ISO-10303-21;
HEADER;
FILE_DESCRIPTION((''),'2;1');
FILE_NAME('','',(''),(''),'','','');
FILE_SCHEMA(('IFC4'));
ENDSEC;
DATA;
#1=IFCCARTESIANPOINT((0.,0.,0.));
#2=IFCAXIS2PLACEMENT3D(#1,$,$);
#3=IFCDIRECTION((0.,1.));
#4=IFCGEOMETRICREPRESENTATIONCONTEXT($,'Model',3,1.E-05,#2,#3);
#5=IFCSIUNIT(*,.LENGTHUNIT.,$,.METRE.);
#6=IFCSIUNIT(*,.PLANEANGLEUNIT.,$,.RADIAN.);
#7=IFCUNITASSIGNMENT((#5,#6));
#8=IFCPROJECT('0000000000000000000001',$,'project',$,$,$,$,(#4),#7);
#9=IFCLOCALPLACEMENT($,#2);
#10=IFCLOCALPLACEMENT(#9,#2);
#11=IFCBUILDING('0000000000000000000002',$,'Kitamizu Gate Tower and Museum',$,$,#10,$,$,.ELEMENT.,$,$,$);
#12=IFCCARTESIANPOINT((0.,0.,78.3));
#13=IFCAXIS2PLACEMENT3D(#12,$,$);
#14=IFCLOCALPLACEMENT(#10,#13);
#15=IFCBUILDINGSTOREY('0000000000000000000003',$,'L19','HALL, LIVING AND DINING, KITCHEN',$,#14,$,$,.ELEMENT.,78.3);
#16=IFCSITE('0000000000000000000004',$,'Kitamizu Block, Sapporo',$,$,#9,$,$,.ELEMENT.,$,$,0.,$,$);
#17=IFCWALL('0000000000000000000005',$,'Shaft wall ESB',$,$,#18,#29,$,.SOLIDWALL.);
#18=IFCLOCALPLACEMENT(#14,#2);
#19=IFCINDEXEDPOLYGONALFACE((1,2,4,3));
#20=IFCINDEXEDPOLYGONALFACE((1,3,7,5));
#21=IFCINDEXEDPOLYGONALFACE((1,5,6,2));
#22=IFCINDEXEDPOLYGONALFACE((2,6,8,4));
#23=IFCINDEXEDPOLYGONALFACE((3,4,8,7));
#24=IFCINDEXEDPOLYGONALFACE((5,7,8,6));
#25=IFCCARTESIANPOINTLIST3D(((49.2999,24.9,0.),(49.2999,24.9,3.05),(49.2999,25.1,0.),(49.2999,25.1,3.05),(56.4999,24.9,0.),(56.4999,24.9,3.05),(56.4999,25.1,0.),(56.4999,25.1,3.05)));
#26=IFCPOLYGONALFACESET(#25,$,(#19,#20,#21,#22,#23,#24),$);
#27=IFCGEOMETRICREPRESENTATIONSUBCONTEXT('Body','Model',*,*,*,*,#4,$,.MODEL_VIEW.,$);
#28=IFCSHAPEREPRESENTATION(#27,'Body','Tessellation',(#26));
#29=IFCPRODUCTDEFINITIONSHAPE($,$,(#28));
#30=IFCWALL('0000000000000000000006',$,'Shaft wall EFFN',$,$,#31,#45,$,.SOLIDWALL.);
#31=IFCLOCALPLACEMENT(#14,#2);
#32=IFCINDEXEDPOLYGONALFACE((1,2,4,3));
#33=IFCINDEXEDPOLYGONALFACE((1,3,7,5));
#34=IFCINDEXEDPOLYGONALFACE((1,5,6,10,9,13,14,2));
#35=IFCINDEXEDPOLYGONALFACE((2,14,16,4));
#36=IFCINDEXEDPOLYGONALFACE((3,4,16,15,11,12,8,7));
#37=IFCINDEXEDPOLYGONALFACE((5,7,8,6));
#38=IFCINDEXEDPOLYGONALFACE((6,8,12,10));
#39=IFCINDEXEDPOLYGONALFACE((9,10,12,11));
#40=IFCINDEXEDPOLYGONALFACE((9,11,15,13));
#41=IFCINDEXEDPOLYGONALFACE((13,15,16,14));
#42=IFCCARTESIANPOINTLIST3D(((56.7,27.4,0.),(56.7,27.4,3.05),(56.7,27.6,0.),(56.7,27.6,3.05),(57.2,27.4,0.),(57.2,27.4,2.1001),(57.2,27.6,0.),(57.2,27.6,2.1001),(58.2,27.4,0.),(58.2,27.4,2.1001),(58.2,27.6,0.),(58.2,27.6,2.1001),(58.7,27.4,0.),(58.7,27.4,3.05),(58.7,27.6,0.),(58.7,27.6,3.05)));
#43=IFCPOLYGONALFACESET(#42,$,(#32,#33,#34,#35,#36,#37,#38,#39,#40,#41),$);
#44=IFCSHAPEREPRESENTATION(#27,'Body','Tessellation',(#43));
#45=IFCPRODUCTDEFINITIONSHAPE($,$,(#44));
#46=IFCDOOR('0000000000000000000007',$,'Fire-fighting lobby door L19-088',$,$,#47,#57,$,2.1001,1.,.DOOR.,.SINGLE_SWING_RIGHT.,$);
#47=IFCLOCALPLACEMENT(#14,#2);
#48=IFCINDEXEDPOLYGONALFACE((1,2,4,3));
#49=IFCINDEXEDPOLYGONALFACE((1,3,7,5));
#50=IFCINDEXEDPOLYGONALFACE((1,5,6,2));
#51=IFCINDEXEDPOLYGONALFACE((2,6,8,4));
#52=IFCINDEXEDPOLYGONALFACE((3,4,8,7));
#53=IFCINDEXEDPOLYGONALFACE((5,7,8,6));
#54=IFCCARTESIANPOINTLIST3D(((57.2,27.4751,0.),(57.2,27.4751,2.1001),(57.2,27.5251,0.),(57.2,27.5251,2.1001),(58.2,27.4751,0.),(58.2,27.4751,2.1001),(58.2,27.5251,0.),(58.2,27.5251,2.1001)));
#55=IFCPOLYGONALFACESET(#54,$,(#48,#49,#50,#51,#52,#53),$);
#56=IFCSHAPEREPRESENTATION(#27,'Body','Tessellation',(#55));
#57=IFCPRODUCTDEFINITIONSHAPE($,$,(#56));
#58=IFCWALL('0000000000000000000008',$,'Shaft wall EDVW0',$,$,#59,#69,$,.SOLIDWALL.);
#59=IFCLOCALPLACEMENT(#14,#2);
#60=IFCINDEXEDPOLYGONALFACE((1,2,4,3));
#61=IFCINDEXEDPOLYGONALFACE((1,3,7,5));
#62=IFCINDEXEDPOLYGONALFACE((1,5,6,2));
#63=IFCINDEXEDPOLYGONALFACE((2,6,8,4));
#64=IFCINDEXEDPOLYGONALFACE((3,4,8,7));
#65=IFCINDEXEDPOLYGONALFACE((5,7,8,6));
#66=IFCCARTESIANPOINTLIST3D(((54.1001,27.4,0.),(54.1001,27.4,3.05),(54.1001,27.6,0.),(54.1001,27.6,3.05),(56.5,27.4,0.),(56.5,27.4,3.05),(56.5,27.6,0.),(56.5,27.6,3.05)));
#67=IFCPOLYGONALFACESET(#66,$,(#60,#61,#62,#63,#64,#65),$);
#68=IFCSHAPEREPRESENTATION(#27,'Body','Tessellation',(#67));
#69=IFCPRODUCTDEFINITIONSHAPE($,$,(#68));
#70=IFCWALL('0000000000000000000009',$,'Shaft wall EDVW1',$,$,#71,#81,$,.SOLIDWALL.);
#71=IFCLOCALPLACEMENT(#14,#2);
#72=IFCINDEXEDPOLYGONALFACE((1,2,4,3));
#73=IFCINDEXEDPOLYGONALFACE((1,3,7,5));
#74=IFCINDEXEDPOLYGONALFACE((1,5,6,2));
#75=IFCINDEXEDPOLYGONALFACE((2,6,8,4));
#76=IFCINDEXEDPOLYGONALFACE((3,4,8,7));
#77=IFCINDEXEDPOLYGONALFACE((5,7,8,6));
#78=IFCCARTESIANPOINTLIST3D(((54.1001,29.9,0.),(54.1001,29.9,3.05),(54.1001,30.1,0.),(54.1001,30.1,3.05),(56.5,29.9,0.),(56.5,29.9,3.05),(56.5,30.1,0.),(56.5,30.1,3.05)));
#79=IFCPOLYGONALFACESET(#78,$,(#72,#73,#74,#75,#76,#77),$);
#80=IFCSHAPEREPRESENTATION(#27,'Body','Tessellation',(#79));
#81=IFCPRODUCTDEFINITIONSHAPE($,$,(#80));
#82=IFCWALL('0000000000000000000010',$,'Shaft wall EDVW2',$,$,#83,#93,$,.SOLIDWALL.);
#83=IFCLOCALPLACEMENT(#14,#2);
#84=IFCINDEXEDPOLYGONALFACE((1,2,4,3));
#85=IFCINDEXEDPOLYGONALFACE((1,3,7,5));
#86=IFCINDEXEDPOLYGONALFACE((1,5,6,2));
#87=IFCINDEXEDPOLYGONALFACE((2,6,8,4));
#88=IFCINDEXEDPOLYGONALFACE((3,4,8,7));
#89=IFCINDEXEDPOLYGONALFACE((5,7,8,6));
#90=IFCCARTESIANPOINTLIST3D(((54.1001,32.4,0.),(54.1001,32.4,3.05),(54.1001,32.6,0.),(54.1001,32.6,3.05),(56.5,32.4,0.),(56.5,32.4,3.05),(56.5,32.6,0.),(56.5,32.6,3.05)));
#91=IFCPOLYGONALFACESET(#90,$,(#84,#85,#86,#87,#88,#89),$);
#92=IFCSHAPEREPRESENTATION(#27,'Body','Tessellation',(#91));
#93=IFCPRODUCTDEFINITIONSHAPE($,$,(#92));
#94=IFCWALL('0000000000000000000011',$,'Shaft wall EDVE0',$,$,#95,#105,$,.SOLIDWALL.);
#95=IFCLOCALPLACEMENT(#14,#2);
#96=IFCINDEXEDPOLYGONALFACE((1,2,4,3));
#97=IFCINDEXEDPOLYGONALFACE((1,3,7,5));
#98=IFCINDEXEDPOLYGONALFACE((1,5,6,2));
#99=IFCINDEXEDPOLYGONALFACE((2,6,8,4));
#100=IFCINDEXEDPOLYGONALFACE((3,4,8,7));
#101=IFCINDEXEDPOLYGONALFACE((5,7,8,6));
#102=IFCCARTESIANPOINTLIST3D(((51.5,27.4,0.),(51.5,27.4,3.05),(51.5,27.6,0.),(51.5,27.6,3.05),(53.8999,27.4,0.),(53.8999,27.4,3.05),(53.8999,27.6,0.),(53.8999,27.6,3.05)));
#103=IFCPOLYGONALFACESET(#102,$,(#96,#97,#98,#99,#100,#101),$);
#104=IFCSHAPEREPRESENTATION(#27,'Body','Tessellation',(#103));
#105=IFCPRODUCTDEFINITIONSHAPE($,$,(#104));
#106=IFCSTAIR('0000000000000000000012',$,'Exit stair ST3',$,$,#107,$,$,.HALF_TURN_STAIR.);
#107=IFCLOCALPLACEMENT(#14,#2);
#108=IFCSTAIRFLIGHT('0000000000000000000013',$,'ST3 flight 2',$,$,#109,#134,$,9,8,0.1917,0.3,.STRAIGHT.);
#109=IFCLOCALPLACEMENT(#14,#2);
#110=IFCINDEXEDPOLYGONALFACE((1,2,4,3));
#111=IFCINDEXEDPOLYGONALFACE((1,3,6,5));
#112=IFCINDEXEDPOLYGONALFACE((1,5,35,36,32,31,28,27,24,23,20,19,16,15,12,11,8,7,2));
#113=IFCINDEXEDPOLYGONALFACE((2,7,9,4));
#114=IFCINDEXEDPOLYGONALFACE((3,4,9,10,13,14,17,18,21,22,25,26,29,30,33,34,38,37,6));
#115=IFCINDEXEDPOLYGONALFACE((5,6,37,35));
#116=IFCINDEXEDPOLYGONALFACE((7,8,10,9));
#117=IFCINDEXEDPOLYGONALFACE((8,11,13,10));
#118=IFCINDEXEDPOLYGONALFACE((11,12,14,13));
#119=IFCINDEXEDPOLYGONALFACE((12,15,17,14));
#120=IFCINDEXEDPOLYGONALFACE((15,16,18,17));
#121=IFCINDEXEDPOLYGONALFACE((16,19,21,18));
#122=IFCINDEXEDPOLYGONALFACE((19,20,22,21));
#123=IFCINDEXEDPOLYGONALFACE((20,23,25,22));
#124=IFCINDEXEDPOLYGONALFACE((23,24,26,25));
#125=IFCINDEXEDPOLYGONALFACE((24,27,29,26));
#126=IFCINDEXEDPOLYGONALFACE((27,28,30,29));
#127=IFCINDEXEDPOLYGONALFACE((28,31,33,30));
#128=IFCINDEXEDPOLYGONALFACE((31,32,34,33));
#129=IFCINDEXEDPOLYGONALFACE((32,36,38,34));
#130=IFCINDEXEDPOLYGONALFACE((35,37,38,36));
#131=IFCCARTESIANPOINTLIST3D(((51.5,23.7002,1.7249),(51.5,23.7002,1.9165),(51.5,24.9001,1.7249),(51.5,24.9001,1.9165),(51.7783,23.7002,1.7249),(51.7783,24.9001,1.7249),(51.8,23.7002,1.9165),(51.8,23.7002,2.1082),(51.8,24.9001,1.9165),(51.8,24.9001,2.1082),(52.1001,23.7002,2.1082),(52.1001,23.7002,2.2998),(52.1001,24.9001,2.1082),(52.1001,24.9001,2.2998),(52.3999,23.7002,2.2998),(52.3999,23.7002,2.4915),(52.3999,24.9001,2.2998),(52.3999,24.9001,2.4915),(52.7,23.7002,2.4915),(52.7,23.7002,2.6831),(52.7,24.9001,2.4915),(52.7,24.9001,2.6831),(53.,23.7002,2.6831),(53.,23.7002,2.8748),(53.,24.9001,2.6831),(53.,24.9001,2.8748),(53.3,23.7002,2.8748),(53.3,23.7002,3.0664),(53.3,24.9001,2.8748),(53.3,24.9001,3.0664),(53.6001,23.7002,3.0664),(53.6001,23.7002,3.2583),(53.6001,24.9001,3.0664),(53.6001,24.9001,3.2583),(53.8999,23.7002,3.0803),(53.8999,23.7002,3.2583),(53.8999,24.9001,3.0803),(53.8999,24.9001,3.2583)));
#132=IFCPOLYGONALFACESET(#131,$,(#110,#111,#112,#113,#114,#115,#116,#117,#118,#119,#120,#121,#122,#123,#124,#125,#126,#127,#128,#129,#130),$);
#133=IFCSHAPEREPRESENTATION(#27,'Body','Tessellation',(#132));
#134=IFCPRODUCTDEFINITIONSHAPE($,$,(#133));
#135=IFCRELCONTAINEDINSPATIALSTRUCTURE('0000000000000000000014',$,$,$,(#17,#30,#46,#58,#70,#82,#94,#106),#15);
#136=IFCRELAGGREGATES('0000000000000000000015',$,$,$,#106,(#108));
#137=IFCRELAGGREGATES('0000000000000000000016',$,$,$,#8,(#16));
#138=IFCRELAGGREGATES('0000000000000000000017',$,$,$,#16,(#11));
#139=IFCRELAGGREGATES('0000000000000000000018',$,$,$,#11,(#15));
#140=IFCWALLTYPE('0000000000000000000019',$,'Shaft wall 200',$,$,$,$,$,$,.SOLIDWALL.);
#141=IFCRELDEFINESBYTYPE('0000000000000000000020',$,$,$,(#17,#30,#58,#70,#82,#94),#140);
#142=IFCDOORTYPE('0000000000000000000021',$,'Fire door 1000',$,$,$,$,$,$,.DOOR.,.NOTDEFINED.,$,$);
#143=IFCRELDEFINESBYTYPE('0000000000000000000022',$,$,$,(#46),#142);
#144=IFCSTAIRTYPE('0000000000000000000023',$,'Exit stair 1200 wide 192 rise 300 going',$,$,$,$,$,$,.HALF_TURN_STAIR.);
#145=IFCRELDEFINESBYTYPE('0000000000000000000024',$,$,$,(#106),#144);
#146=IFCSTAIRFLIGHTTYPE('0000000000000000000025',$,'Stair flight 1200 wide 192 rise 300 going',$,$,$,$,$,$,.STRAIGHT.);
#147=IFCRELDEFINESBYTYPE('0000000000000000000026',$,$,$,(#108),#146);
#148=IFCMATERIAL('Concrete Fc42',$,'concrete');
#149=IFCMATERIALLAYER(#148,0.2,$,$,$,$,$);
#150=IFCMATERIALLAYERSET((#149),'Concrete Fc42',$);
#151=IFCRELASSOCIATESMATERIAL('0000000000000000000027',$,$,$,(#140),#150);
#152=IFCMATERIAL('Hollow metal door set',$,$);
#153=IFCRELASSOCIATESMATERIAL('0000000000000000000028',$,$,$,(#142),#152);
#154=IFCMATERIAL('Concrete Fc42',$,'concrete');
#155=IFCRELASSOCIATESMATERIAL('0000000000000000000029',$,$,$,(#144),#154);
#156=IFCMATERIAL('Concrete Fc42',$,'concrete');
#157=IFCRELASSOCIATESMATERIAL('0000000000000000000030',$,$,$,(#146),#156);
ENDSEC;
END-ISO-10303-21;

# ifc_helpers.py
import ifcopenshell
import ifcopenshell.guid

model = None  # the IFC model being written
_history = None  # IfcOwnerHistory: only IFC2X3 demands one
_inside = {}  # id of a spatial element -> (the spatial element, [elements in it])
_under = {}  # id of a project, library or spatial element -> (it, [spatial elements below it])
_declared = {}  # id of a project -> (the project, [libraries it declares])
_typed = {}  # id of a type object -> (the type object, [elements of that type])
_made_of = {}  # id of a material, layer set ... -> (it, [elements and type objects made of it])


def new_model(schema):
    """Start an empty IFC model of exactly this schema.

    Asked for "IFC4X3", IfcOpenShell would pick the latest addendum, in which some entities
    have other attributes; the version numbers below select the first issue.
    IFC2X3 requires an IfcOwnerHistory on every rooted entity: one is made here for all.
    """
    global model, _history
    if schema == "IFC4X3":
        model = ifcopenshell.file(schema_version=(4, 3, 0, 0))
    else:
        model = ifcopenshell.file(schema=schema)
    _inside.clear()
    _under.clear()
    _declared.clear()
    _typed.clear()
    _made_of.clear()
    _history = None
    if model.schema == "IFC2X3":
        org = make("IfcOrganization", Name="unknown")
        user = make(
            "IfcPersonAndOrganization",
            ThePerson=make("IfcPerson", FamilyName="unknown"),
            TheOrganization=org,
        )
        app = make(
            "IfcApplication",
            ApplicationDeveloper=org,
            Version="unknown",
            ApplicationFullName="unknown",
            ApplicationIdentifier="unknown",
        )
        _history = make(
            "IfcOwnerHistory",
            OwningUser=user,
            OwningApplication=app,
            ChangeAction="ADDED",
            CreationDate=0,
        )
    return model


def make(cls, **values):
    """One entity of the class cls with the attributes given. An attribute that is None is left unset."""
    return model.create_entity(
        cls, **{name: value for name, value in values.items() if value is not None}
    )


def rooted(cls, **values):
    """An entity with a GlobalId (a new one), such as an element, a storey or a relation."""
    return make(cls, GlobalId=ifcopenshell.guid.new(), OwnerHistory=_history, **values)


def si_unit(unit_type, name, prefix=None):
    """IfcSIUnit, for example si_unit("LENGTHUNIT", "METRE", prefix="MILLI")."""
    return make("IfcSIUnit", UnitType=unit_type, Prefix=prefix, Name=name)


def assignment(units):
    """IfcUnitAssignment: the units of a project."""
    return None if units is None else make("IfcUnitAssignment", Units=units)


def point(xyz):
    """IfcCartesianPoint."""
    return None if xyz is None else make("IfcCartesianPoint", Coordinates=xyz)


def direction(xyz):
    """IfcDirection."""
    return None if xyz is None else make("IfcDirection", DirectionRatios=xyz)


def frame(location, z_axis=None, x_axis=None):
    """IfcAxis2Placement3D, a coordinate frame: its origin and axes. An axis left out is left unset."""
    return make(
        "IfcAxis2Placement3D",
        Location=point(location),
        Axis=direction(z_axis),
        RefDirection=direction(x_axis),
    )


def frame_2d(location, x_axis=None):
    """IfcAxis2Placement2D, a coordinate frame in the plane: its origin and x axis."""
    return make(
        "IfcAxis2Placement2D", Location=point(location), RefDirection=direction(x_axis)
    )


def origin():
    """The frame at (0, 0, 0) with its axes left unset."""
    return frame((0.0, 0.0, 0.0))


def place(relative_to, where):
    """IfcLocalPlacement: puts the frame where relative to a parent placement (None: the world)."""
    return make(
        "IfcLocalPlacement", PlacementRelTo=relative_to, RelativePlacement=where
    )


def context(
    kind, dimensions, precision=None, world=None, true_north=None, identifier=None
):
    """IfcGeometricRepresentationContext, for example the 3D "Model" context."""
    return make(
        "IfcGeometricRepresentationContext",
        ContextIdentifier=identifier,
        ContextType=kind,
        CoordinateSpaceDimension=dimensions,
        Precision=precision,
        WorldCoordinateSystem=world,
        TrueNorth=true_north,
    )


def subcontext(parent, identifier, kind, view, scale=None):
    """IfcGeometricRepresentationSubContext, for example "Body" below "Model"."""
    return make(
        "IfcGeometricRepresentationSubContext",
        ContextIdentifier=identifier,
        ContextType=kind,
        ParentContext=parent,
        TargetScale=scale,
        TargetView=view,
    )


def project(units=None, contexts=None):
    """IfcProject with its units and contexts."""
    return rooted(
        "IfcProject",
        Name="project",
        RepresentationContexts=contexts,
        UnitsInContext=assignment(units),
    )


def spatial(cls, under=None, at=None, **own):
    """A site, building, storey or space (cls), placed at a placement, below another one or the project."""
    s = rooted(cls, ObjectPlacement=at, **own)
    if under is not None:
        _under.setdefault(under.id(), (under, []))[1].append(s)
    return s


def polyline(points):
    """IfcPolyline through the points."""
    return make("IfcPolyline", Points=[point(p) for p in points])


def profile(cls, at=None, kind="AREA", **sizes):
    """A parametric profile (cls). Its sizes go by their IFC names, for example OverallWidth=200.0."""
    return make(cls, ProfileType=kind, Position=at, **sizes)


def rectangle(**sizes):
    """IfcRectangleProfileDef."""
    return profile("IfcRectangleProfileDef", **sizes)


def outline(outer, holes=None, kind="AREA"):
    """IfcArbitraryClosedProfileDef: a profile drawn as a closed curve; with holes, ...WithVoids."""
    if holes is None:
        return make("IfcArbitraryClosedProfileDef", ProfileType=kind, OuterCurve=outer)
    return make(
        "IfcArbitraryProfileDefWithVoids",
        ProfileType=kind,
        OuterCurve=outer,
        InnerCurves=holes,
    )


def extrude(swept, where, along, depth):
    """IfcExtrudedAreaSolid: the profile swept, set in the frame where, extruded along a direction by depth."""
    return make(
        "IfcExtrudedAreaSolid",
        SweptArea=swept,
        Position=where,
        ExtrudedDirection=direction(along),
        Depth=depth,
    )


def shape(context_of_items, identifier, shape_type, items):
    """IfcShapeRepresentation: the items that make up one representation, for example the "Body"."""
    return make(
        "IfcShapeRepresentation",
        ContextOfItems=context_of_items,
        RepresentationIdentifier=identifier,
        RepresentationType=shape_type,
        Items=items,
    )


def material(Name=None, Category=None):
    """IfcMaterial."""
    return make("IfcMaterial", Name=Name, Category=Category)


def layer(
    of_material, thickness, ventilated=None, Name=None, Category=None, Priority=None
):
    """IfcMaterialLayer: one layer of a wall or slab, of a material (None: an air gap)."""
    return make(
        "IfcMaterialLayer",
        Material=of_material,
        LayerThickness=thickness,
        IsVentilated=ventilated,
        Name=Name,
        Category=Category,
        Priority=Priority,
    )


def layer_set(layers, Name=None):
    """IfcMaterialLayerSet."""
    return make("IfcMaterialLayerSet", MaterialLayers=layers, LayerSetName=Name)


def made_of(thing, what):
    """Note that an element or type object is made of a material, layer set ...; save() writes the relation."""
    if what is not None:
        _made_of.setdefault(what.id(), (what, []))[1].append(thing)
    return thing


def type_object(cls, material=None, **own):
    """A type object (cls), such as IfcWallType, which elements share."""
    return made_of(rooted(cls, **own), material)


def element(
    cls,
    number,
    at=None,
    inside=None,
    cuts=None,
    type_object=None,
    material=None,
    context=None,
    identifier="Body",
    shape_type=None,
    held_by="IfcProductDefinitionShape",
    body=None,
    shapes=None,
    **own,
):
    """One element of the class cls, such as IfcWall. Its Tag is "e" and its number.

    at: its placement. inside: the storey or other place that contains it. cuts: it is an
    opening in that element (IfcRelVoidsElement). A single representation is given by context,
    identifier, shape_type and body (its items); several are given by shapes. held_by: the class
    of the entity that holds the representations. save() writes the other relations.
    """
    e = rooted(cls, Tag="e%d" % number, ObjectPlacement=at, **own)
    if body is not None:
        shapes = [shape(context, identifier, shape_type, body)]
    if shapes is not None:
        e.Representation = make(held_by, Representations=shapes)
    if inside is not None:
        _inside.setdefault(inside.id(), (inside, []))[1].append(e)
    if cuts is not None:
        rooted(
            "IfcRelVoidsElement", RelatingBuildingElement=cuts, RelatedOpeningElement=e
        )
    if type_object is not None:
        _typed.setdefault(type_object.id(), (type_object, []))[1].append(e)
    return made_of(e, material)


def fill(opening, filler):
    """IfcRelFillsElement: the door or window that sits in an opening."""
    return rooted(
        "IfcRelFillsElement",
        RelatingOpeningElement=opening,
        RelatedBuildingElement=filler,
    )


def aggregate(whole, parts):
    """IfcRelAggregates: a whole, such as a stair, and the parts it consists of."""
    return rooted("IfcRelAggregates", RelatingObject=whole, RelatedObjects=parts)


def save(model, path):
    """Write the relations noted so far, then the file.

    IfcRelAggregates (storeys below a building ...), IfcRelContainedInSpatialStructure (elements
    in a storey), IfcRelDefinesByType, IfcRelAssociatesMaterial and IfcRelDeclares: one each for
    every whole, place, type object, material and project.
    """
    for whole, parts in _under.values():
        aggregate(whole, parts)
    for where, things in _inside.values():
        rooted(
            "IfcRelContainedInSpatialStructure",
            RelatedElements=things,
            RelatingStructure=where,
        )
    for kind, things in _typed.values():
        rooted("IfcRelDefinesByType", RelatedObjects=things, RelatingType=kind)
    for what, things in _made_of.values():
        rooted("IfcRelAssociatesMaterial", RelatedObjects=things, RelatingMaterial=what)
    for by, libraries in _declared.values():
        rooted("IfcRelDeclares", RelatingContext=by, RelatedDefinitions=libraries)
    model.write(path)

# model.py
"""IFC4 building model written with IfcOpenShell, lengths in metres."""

from ifc_helpers import new_model, si_unit, direction, frame, frame_2d, origin, place, context, subcontext, project, spatial, polyline, rectangle, outline, extrude, material, layer, layer_set, type_object, element, fill, aggregate, save


model = new_model("IFC4")

# Units and contexts
model_context = context("Model", 3, precision=1e-05, world=origin(), true_north=direction((0.0, 1.0)))
body_context = subcontext(model_context, "Body", "Model", "MODEL_VIEW")
ifc_project = project(units=[si_unit("LENGTHUNIT", "METRE"), si_unit("PLANEANGLEUNIT", "RADIAN")], contexts=[model_context])

# Site, building, storey
site_placement = place(None, origin())
site = spatial("IfcSite", under=ifc_project, at=site_placement, Name="Kitamizu Block, Sapporo", CompositionType="ELEMENT", RefElevation=0.0)
building_placement = place(site_placement, origin())
building = spatial("IfcBuilding", under=site, at=building_placement, Name="Kitamizu Gate Tower and Museum", CompositionType="ELEMENT")
storey_placement = place(building_placement, frame((0.0, 0.0, 78.3)))
storey = spatial("IfcBuildingStorey", under=building, at=storey_placement, Name="L19", Description="HALL, LIVING AND DINING, KITCHEN", CompositionType="ELEMENT", Elevation=78.3)

# Shared definitions
ifc_material_1 = material(Name="Concrete Fc42", Category="concrete")
ifc_layer_1 = layer(ifc_material_1, 0.2)
ifc_layer_set_1 = layer_set([ifc_layer_1], Name="Concrete Fc42")
wall_type_1 = type_object("IfcWallType", Name="Shaft wall 200", PredefinedType="SOLIDWALL", material=ifc_layer_set_1)
ifc_material_2 = material(Name="Hollow metal door set")
door_type_1 = type_object("IfcDoorType", Name="Fire door 1000", OperationType="NOTDEFINED", PredefinedType="DOOR", material=ifc_material_2)

# Wall
wall_1_placement = place(storey_placement, frame((56.5, 25.0, 0.0), z_axis=(0.0, 0.0, 1.0), x_axis=(-1.0, 0.0, 0.0)))
element("IfcWall", 1, at=wall_1_placement, inside=storey, type_object=wall_type_1, Name="Shaft wall ESB", PredefinedType="SOLIDWALL", context=body_context, shape_type="SweptSolid", body=[
    extrude(rectangle(XDim=7.2, YDim=0.2, at=frame_2d((3.6001, 0.0))), origin(), (0.0, 0.0, 1.0), 3.05),
])

# Wall, opening, door
wall_2_placement = place(storey_placement, frame((58.7, 27.5, 0.0), z_axis=(0.0, 0.0, 1.0), x_axis=(-1.0, 0.0, 0.0)))
wall_2 = element("IfcWall", 2, at=wall_2_placement, inside=storey, type_object=wall_type_1, Name="Shaft wall EFFN", PredefinedType="SOLIDWALL", context=body_context, shape_type="SweptSolid", body=[
    extrude(rectangle(XDim=2.0, YDim=0.2, at=frame_2d((1.0, 0.0))), origin(), (0.0, 0.0, 1.0), 3.05),
])
opening_1_placement = place(wall_2_placement, frame((0.5, 0.0, 0.0)))
opening_1 = element("IfcOpeningElement", 3, at=opening_1_placement, cuts=wall_2, PredefinedType="OPENING", context=body_context, shape_type="SweptSolid", body=[
    extrude(rectangle(XDim=1.0, YDim=2.1001, at=frame_2d((0.5, 1.05))), frame((0.0, 0.1099, 0.0), z_axis=(0.0, -1.0, 0.0), x_axis=(1.0, 0.0, 0.0)), (0.0, 0.0, 1.0), 0.22),
])
door_1_placement = place(opening_1_placement, origin())
door_1 = element("IfcDoor", 4, at=door_1_placement, inside=storey, type_object=door_type_1, Name="Fire-fighting lobby door L19-088", OperationType="SINGLE_SWING_RIGHT", OverallHeight=2.1001, OverallWidth=1.0, PredefinedType="DOOR", context=body_context, shape_type="SweptSolid", body=[
    extrude(rectangle(XDim=1.0, YDim=2.1001, at=frame_2d((0.5, 1.05))), frame((0.0, 0.0249, 0.0), z_axis=(0.0, -1.0, 0.0), x_axis=(1.0, 0.0, 0.0)), (0.0, 0.0, 1.0), 0.05),
])
fill(opening_1, door_1)

# Walls
for number, where, z_axis, x_axis, name in (
    (5, (56.5, 27.5, 0.0), (0.0, 0.0, 1.0), (-1.0, 0.0, 0.0), "Shaft wall EDVW0"),
    (6, (56.5, 30.0, 0.0), (0.0, 0.0, 1.0), (-1.0, 0.0, 0.0), "Shaft wall EDVW1"),
    (7, (56.5, 32.5, 0.0), (0.0, 0.0, 1.0), (-1.0, 0.0, 0.0), "Shaft wall EDVW2"),
    (8, (53.8999, 27.5, 0.0), (0.0, 0.0, 1.0), (-1.0, 0.0, 0.0), "Shaft wall EDVE0"),
):
    element("IfcWall", number, at=place(storey_placement, frame(where, z_axis=z_axis, x_axis=x_axis)), inside=storey, type_object=wall_type_1, Name=name, PredefinedType="SOLIDWALL", context=body_context, shape_type="SweptSolid", body=[
        extrude(rectangle(XDim=2.3999, YDim=0.2, at=frame_2d((1.2, 0.0))), origin(), (0.0, 0.0, 1.0), 3.05),
    ])

# Stair, stair flight
ifc_material_3 = material(Name="Concrete Fc42", Category="concrete")
stair_type = type_object("IfcStairType", Name="Exit stair 1200 wide 192 rise 300 going", PredefinedType="HALF_TURN_STAIR", material=ifc_material_3)
stair_placement = place(storey_placement, origin())
stair = element("IfcStair", 9, at=stair_placement, inside=storey, type_object=stair_type, Name="Exit stair ST3", PredefinedType="HALF_TURN_STAIR")
ifc_material_4 = material(Name="Concrete Fc42", Category="concrete")
stair_flight_type = type_object("IfcStairFlightType", Name="Stair flight 1200 wide 192 rise 300 going", PredefinedType="STRAIGHT", material=ifc_material_4)
stair_flight_placement = place(storey_placement, frame((51.5, 24.3, 1.7249), z_axis=(0.0, 0.0, 1.0), x_axis=(1.0, 0.0, 0.0)))
stair_flight = element("IfcStairFlight", 10, at=stair_flight_placement, type_object=stair_flight_type, Name="ST3 flight 2", NumberOfRisers=9, NumberOfTreads=8, PredefinedType="STRAIGHT", RiserHeight=0.1917, TreadLength=0.3, context=body_context, shape_type="SweptSolid", body=[
    extrude(outline(polyline([(0.0, 0.0), (0.0, 0.1917), (0.3, 0.1917), (0.3, 0.3833), (0.6001, 0.3833), (0.6001, 0.575), (0.8999, 0.575), (0.8999, 0.7666), (1.2, 0.7666), (1.2, 0.9583), (1.5, 0.9583), (1.5, 1.1499), (1.8, 1.1499), (1.8, 1.3416), (2.1001, 1.3416), (2.1001, 1.5334), (2.3999, 1.5334), (2.3999, 1.7251), (2.3999, 1.3555), (0.2783, 0.0), (0.0, 0.0)])), frame((0.0, 0.6001, 0.0), z_axis=(0.0, -1.0, 0.0), x_axis=(1.0, 0.0, 0.0)), (0.0, 0.0, 1.0), 1.2),
])
aggregate(stair, [stair_flight])

save(model, "model.ifc")
